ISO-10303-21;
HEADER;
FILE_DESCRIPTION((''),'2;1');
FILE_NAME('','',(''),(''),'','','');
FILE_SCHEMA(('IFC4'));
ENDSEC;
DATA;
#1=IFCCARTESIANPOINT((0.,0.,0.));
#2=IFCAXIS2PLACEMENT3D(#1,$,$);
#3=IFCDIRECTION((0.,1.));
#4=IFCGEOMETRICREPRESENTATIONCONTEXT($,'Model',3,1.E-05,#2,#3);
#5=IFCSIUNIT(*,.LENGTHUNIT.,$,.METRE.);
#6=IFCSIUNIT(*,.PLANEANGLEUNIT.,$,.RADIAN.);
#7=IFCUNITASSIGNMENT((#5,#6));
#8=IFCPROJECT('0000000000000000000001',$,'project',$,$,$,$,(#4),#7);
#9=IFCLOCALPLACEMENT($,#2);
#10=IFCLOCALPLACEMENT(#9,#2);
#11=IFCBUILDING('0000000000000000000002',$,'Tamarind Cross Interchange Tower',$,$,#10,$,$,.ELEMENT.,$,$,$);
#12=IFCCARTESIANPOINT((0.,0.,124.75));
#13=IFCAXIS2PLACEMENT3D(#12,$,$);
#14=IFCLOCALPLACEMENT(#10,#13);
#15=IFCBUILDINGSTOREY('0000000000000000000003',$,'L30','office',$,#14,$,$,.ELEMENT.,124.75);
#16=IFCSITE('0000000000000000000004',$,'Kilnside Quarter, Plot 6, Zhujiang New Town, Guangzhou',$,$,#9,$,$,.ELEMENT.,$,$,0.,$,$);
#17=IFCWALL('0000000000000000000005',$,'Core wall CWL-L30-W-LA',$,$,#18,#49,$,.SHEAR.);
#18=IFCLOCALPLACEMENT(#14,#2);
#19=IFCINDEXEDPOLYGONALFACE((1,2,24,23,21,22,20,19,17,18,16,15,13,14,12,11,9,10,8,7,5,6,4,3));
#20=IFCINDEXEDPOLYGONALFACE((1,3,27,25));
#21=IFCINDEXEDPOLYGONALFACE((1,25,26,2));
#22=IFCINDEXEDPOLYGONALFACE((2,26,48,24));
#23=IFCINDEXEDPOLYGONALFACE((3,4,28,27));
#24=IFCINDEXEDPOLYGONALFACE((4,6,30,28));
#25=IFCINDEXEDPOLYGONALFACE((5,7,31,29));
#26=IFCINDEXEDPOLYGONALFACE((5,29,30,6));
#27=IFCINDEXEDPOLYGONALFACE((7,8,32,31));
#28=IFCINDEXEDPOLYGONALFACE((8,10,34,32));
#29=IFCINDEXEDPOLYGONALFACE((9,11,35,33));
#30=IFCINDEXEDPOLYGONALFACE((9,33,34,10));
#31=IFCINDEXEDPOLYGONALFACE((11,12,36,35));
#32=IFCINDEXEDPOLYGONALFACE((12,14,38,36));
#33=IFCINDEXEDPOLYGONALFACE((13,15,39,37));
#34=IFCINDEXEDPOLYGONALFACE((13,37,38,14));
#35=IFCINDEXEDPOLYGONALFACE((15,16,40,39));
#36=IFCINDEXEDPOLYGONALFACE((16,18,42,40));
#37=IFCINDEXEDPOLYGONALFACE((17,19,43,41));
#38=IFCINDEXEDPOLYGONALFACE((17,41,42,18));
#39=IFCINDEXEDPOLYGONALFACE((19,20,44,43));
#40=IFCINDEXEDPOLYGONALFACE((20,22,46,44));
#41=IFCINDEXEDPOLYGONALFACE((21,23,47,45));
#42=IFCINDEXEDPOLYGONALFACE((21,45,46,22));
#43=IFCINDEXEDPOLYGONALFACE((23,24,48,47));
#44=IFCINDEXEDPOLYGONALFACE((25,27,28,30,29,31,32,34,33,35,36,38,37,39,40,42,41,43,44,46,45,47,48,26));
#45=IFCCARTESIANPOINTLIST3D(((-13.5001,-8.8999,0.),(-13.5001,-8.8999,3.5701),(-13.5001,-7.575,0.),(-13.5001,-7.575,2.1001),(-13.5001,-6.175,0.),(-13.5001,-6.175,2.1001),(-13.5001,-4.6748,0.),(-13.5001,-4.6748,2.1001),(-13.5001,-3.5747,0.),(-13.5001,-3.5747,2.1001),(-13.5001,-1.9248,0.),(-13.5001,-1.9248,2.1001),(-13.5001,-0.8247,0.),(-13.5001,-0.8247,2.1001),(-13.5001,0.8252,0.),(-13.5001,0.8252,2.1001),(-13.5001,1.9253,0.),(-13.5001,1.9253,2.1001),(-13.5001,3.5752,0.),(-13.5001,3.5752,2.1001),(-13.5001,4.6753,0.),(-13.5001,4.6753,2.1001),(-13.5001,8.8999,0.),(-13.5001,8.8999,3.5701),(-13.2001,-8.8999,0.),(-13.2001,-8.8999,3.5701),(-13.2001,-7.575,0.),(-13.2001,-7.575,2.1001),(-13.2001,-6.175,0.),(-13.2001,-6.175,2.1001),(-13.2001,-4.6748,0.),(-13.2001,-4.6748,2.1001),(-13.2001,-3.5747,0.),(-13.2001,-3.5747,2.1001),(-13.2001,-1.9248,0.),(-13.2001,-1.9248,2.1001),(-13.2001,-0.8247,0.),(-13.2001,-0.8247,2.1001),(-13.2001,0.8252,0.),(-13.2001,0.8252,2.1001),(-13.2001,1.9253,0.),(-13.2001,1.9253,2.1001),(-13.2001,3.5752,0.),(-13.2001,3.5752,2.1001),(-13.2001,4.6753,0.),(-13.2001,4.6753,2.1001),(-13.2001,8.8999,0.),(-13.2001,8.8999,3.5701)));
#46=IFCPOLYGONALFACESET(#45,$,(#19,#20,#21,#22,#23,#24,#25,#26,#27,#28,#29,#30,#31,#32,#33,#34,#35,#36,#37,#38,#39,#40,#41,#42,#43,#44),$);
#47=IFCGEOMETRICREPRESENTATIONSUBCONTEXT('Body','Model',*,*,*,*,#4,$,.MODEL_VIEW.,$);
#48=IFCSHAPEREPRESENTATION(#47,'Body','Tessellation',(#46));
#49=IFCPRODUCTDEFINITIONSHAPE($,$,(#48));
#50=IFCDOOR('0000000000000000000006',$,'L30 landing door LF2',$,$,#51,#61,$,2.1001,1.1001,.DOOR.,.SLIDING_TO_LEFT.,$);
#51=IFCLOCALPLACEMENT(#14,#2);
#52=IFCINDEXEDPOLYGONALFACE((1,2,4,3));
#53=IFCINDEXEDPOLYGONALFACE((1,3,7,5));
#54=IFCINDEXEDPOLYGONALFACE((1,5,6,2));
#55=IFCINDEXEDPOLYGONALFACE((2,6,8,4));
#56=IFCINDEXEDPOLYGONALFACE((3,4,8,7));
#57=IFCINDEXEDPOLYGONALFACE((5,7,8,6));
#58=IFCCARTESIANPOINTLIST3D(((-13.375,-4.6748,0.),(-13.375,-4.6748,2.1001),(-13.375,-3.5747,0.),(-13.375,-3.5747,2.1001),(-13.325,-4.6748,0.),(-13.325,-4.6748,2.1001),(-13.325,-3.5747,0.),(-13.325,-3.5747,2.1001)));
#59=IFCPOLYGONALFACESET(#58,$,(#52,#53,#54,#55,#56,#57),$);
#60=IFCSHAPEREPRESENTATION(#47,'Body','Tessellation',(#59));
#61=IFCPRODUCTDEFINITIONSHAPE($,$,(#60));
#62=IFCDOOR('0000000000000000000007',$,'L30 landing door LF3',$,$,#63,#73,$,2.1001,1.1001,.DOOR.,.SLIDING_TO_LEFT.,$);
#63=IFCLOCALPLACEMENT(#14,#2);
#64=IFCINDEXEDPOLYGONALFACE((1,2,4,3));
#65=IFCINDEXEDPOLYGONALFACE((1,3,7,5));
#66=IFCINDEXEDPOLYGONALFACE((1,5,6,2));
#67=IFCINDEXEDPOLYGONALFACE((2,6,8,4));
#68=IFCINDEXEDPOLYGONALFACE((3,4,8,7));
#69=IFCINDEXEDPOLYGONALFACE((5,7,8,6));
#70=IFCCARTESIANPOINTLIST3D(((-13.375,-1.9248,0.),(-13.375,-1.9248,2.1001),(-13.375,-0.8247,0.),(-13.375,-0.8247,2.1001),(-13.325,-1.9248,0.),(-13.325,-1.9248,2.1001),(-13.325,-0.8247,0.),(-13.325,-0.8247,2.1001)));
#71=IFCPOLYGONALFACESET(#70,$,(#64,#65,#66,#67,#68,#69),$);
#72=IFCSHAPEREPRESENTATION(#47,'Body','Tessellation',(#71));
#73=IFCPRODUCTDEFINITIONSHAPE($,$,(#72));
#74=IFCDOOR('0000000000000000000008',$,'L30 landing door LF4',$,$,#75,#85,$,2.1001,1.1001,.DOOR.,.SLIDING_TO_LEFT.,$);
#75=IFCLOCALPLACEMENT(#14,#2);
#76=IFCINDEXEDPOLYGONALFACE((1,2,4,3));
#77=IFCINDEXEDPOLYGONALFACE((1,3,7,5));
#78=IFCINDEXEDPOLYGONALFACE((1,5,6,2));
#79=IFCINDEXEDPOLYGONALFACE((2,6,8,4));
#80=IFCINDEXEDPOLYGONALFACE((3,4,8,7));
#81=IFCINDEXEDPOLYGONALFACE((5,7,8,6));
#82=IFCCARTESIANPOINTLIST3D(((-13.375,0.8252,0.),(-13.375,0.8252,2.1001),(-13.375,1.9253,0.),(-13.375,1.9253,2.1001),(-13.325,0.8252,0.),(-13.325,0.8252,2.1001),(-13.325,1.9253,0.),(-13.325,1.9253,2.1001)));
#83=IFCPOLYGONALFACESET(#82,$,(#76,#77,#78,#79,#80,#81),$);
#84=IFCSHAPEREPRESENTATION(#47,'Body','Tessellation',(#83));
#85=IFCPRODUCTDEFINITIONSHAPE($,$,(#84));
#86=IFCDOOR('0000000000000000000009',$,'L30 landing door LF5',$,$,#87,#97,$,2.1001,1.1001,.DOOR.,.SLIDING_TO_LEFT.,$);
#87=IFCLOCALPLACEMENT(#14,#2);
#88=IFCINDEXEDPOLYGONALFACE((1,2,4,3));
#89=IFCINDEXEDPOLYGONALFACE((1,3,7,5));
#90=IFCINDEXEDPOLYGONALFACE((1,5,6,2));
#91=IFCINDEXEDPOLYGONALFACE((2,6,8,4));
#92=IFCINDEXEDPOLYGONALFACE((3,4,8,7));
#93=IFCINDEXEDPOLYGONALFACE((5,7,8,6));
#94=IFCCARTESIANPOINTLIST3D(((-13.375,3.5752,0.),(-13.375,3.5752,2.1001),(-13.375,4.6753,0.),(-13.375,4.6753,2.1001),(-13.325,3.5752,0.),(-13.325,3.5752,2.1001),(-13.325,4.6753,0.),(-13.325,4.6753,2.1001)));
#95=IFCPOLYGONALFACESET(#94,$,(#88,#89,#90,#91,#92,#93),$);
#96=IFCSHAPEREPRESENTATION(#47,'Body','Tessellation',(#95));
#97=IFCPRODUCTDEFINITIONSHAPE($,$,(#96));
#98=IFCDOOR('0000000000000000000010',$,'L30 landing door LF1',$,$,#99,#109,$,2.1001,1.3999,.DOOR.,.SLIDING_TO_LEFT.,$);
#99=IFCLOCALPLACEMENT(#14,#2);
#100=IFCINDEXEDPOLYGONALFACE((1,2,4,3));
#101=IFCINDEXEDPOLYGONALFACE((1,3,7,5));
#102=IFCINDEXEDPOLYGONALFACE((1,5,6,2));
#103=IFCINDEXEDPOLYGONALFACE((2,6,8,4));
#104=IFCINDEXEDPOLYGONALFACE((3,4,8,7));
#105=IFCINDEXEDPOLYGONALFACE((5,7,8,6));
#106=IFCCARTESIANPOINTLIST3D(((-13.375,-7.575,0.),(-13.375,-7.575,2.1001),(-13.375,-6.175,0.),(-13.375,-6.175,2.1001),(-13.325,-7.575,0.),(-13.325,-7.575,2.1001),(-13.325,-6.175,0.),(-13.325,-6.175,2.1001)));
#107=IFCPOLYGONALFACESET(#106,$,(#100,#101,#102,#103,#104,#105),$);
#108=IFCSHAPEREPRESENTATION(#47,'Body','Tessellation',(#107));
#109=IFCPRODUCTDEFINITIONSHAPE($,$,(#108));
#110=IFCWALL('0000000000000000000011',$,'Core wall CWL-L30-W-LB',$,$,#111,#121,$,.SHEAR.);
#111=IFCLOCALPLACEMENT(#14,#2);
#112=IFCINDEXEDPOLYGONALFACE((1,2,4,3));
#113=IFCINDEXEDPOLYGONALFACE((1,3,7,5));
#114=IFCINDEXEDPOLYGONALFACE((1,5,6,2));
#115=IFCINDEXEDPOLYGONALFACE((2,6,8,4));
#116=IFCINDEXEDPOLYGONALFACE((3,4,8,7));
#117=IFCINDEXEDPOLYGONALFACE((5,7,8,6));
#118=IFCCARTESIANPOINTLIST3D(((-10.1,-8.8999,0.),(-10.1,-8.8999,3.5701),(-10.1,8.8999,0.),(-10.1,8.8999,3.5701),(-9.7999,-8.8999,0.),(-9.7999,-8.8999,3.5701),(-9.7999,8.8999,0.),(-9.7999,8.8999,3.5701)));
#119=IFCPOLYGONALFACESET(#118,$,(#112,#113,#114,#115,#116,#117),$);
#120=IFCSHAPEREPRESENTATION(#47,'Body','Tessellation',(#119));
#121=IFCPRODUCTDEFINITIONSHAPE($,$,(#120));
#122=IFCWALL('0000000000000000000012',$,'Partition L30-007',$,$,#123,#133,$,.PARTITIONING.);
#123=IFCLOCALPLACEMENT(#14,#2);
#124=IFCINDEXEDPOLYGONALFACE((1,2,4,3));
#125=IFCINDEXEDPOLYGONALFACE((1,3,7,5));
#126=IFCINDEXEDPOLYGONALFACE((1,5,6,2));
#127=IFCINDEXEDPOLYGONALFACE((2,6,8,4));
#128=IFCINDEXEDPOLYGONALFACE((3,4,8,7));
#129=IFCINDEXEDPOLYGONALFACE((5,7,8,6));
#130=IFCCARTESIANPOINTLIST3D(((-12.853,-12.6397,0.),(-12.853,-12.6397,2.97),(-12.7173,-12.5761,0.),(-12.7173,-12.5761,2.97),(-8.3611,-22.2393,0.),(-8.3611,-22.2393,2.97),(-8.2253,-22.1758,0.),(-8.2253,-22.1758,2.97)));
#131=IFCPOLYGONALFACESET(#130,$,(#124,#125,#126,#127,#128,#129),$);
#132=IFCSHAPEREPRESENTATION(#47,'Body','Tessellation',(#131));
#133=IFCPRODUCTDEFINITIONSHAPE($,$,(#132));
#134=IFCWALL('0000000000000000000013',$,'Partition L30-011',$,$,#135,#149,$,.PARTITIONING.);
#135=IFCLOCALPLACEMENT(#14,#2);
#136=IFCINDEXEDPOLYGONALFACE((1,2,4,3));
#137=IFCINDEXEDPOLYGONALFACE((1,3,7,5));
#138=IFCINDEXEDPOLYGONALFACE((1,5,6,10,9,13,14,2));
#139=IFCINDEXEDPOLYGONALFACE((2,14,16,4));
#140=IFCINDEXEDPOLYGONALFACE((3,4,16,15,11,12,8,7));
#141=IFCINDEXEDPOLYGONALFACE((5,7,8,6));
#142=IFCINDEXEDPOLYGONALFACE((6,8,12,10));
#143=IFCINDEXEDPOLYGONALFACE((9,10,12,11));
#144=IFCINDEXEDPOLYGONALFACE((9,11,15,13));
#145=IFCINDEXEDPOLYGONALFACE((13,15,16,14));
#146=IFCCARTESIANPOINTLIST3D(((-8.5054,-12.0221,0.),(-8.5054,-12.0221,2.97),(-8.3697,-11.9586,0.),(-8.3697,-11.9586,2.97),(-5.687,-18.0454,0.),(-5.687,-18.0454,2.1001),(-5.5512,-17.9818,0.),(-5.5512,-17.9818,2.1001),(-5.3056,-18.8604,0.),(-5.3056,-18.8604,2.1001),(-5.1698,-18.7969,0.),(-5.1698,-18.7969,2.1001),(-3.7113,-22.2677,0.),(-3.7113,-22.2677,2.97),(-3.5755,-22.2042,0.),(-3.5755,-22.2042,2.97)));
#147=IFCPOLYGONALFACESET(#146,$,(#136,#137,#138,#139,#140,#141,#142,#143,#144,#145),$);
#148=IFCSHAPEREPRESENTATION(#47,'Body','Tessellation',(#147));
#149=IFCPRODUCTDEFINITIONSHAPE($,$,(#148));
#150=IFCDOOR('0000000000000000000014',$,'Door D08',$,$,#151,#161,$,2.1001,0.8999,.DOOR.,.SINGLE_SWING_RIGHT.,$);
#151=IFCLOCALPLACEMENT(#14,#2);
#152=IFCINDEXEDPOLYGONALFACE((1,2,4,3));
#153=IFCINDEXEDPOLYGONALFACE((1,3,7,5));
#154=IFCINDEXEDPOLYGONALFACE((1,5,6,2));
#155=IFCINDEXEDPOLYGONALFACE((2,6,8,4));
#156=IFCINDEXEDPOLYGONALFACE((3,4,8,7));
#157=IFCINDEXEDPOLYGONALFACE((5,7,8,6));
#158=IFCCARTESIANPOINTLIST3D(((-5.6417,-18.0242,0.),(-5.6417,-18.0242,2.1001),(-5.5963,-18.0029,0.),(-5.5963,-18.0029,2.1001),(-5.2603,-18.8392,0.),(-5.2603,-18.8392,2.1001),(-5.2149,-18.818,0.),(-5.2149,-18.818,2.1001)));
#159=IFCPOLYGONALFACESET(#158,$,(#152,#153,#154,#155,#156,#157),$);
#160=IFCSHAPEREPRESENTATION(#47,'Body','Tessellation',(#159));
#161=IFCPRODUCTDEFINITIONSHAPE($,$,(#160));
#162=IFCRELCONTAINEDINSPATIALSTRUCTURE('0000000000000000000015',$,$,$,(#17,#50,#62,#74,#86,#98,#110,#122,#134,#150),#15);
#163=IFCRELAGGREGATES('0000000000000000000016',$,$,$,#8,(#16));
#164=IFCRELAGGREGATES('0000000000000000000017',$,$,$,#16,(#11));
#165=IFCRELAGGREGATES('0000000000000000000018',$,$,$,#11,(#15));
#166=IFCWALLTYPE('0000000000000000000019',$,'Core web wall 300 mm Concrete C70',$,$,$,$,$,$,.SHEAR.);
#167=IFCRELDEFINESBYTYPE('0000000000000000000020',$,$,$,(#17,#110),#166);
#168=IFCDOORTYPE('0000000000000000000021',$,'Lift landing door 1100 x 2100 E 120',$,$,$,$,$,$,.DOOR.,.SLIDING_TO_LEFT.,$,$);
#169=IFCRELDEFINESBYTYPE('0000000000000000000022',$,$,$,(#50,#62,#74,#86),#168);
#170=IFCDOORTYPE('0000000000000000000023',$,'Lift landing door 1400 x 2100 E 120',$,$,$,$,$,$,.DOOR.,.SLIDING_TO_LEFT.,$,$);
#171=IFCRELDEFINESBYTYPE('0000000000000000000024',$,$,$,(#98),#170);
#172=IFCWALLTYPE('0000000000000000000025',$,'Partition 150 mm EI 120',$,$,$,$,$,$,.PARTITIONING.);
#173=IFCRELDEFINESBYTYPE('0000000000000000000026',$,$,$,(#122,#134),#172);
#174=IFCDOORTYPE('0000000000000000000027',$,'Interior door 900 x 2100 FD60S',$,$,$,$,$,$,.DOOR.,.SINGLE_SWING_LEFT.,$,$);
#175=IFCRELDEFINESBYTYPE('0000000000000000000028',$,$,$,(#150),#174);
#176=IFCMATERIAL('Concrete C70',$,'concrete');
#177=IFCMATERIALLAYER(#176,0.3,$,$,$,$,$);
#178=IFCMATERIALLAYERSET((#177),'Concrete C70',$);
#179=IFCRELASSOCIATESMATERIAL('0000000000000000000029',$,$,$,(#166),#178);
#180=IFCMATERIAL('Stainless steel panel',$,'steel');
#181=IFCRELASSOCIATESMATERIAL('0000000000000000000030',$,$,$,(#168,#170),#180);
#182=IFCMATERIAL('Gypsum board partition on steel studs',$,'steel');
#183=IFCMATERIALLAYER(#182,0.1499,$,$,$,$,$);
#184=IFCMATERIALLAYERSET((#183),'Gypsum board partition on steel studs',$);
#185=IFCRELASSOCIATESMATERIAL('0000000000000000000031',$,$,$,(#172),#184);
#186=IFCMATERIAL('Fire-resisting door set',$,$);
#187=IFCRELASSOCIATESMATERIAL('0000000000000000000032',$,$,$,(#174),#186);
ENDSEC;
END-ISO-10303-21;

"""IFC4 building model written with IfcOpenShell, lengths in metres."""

from ifc_helpers import new_model, si_unit, direction, frame, frame_2d, origin, place, context, subcontext, project, spatial, rectangle, extrude, material, layer, layer_set, type_object, element, fill, save


model = new_model("IFC4")

# Units and contexts
model_context = context("Model", 3, precision=1e-05, world=origin(), true_north=direction((0.0, 1.0)))
body_context = subcontext(model_context, "Body", "Model", "MODEL_VIEW")
ifc_project = project(units=[si_unit("LENGTHUNIT", "METRE"), si_unit("PLANEANGLEUNIT", "RADIAN")], contexts=[model_context])

# Site, building, storey
site_placement = place(None, origin())
site = spatial("IfcSite", under=ifc_project, at=site_placement, Name="Kilnside Quarter, Plot 6, Zhujiang New Town, Guangzhou", CompositionType="ELEMENT", RefElevation=0.0)
building_placement = place(site_placement, origin())
building = spatial("IfcBuilding", under=site, at=building_placement, Name="Tamarind Cross Interchange Tower", CompositionType="ELEMENT")
storey_placement = place(building_placement, frame((0.0, 0.0, 124.75)))
storey = spatial("IfcBuildingStorey", under=building, at=storey_placement, Name="L30", Description="office", CompositionType="ELEMENT", Elevation=124.75)

# Shared definitions
ifc_material_1 = material(Name="Concrete C70", Category="concrete")
ifc_layer_1 = layer(ifc_material_1, 0.3)
ifc_layer_set_1 = layer_set([ifc_layer_1], Name="Concrete C70")
wall_type_1 = type_object("IfcWallType", Name="Core web wall 300 mm Concrete C70", PredefinedType="SHEAR", material=ifc_layer_set_1)

# Wall, openings, doors
wall_1_placement = place(storey_placement, frame((-13.3501, -8.8999, 0.0), z_axis=(0.0, 0.0, 1.0), x_axis=(0.0, 1.0, 0.0)))
wall_1 = element("IfcWall", 1, at=wall_1_placement, inside=storey, type_object=wall_type_1, Name="Core wall CWL-L30-W-LA", PredefinedType="SHEAR", context=body_context, shape_type="SweptSolid", body=[
    extrude(rectangle(XDim=17.7998, YDim=0.3, at=frame_2d((8.8999, 0.0))), origin(), (0.0, 0.0, 1.0), 3.5701),
])
opening_1_placement = place(wall_1_placement, frame((1.325, 0.0, 0.0)))
opening_1 = element("IfcOpeningElement", 2, at=opening_1_placement, cuts=wall_1, PredefinedType="OPENING", context=body_context, shape_type="SweptSolid", body=[
    extrude(rectangle(XDim=1.3999, YDim=2.1001, at=frame_2d((0.7, 1.05))), frame((0.0, 0.1599, 0.0), z_axis=(0.0, -1.0, 0.0), x_axis=(1.0, 0.0, 0.0)), (0.0, 0.0, 1.0), 0.3201),
])
opening_2_placement = place(wall_1_placement, frame((4.2251, 0.0, 0.0)))
opening_2 = element("IfcOpeningElement", 3, at=opening_2_placement, cuts=wall_1, PredefinedType="OPENING", context=body_context, shape_type="SweptSolid", body=[
    extrude(rectangle(XDim=1.1001, YDim=2.1001, at=frame_2d((0.55, 1.05))), frame((0.0, 0.1599, 0.0), z_axis=(0.0, -1.0, 0.0), x_axis=(1.0, 0.0, 0.0)), (0.0, 0.0, 1.0), 0.3201),
])
opening_3_placement = place(wall_1_placement, frame((6.9751, 0.0, 0.0)))
opening_3 = element("IfcOpeningElement", 4, at=opening_3_placement, cuts=wall_1, PredefinedType="OPENING", context=body_context, shape_type="SweptSolid", body=[
    extrude(rectangle(XDim=1.1001, YDim=2.1001, at=frame_2d((0.55, 1.05))), frame((0.0, 0.1599, 0.0), z_axis=(0.0, -1.0, 0.0), x_axis=(1.0, 0.0, 0.0)), (0.0, 0.0, 1.0), 0.3201),
])
opening_4_placement = place(wall_1_placement, frame((9.7251, 0.0, 0.0)))
opening_4 = element("IfcOpeningElement", 5, at=opening_4_placement, cuts=wall_1, PredefinedType="OPENING", context=body_context, shape_type="SweptSolid", body=[
    extrude(rectangle(XDim=1.1001, YDim=2.1001, at=frame_2d((0.55, 1.05))), frame((0.0, 0.1599, 0.0), z_axis=(0.0, -1.0, 0.0), x_axis=(1.0, 0.0, 0.0)), (0.0, 0.0, 1.0), 0.3201),
])
opening_5_placement = place(wall_1_placement, frame((12.4751, 0.0, 0.0)))
opening_5 = element("IfcOpeningElement", 6, at=opening_5_placement, cuts=wall_1, PredefinedType="OPENING", context=body_context, shape_type="SweptSolid", body=[
    extrude(rectangle(XDim=1.1001, YDim=2.1001, at=frame_2d((0.55, 1.05))), frame((0.0, 0.1599, 0.0), z_axis=(0.0, -1.0, 0.0), x_axis=(1.0, 0.0, 0.0)), (0.0, 0.0, 1.0), 0.3201),
])
ifc_material_2 = material(Name="Stainless steel panel", Category="steel")
door_type_1 = type_object("IfcDoorType", Name="Lift landing door 1100 x 2100 E 120", OperationType="SLIDING_TO_LEFT", PredefinedType="DOOR", material=ifc_material_2)
door_1_placement = place(opening_2_placement, origin())
door_1 = element("IfcDoor", 7, at=door_1_placement, inside=storey, type_object=door_type_1, Name="L30 landing door LF2", OperationType="SLIDING_TO_LEFT", OverallHeight=2.1001, OverallWidth=1.1001, PredefinedType="DOOR", context=body_context, shape_type="SweptSolid", body=[
    extrude(rectangle(XDim=1.1001, YDim=2.1001, at=frame_2d((0.55, 1.05))), frame((0.0, 0.0249, 0.0), z_axis=(0.0, -1.0, 0.0), x_axis=(1.0, 0.0, 0.0)), (0.0, 0.0, 1.0), 0.05),
])
fill(opening_2, door_1)
door_2_placement = place(opening_3_placement, origin())
door_2 = element("IfcDoor", 8, at=door_2_placement, inside=storey, type_object=door_type_1, Name="L30 landing door LF3", OperationType="SLIDING_TO_LEFT", OverallHeight=2.1001, OverallWidth=1.1001, PredefinedType="DOOR", context=body_context, shape_type="SweptSolid", body=[
    extrude(rectangle(XDim=1.1001, YDim=2.1001, at=frame_2d((0.55, 1.05))), frame((0.0, 0.0249, 0.0), z_axis=(0.0, -1.0, 0.0), x_axis=(1.0, 0.0, 0.0)), (0.0, 0.0, 1.0), 0.05),
])
fill(opening_3, door_2)
door_3_placement = place(opening_4_placement, origin())
door_3 = element("IfcDoor", 9, at=door_3_placement, inside=storey, type_object=door_type_1, Name="L30 landing door LF4", OperationType="SLIDING_TO_LEFT", OverallHeight=2.1001, OverallWidth=1.1001, PredefinedType="DOOR", context=body_context, shape_type="SweptSolid", body=[
    extrude(rectangle(XDim=1.1001, YDim=2.1001, at=frame_2d((0.55, 1.05))), frame((0.0, 0.0249, 0.0), z_axis=(0.0, -1.0, 0.0), x_axis=(1.0, 0.0, 0.0)), (0.0, 0.0, 1.0), 0.05),
])
fill(opening_4, door_3)
door_4_placement = place(opening_5_placement, origin())
door_4 = element("IfcDoor", 10, at=door_4_placement, inside=storey, type_object=door_type_1, Name="L30 landing door LF5", OperationType="SLIDING_TO_LEFT", OverallHeight=2.1001, OverallWidth=1.1001, PredefinedType="DOOR", context=body_context, shape_type="SweptSolid", body=[
    extrude(rectangle(XDim=1.1001, YDim=2.1001, at=frame_2d((0.55, 1.05))), frame((0.0, 0.0249, 0.0), z_axis=(0.0, -1.0, 0.0), x_axis=(1.0, 0.0, 0.0)), (0.0, 0.0, 1.0), 0.05),
])
fill(opening_5, door_4)
door_type_2 = type_object("IfcDoorType", Name="Lift landing door 1400 x 2100 E 120", OperationType="SLIDING_TO_LEFT", PredefinedType="DOOR", material=ifc_material_2)
door_5_placement = place(opening_1_placement, origin())
door_5 = element("IfcDoor", 11, at=door_5_placement, inside=storey, type_object=door_type_2, Name="L30 landing door LF1", OperationType="SLIDING_TO_LEFT", OverallHeight=2.1001, OverallWidth=1.3999, PredefinedType="DOOR", context=body_context, shape_type="SweptSolid", body=[
    extrude(rectangle(XDim=1.3999, YDim=2.1001, at=frame_2d((0.7, 1.05))), frame((0.0, 0.0249, 0.0), z_axis=(0.0, -1.0, 0.0), x_axis=(1.0, 0.0, 0.0)), (0.0, 0.0, 1.0), 0.05),
])
fill(opening_1, door_5)

# Walls
wall_2_placement = place(storey_placement, frame((-9.95, -8.8999, 0.0), z_axis=(0.0, 0.0, 1.0), x_axis=(0.0, 1.0, 0.0)))
element("IfcWall", 12, at=wall_2_placement, inside=storey, type_object=wall_type_1, Name="Core wall CWL-L30-W-LB", PredefinedType="SHEAR", context=body_context, shape_type="SweptSolid", body=[
    extrude(rectangle(XDim=17.7998, YDim=0.3, at=frame_2d((8.8999, 0.0))), origin(), (0.0, 0.0, 1.0), 3.5701),
])
ifc_material_3 = material(Name="Gypsum board partition on steel studs", Category="steel")
ifc_layer_2 = layer(ifc_material_3, 0.1499)
ifc_layer_set_2 = layer_set([ifc_layer_2], Name="Gypsum board partition on steel studs")
wall_type_2 = type_object("IfcWallType", Name="Partition 150 mm EI 120", PredefinedType="PARTITIONING", material=ifc_layer_set_2)
wall_3_placement = place(storey_placement, frame((-12.7852, -12.6079, 0.0), z_axis=(0.0, 0.0, 1.0), x_axis=(0.423825, -0.905744, 0.0)))
element("IfcWall", 13, at=wall_3_placement, inside=storey, type_object=wall_type_2, Name="Partition L30-007", PredefinedType="PARTITIONING", context=body_context, shape_type="SweptSolid", body=[
    extrude(rectangle(XDim=10.5986, YDim=0.1499, at=frame_2d((5.2993, 0.0))), origin(), (0.0, 0.0, 1.0), 2.97),
])

# Wall, opening, door
wall_4_placement = place(storey_placement, frame((-8.4375, -11.9905, 0.0), z_axis=(0.0, 0.0, 1.0), x_axis=(0.423822, -0.905745, 0.0)))
wall_4 = element("IfcWall", 14, at=wall_4_placement, inside=storey, type_object=wall_type_2, Name="Partition L30-011", PredefinedType="PARTITIONING", context=body_context, shape_type="SweptSolid", body=[
    extrude(rectangle(XDim=11.3118, YDim=0.1499, at=frame_2d((5.6558, 0.0))), origin(), (0.0, 0.0, 1.0), 2.97),
])
opening_6_placement = place(wall_4_placement, frame((6.6499, 0.0, 0.0)))
opening_6 = element("IfcOpeningElement", 15, at=opening_6_placement, cuts=wall_4, PredefinedType="OPENING", context=body_context, shape_type="SweptSolid", body=[
    extrude(rectangle(XDim=0.8999, YDim=2.1001, at=frame_2d((0.45, 1.05))), frame((0.0, 0.085, 0.0), z_axis=(0.0, -1.0, 0.0), x_axis=(1.0, 0.0, 0.0)), (0.0, 0.0, 1.0), 0.1699),
])
ifc_material_4 = material(Name="Fire-resisting door set")
door_type_3 = type_object("IfcDoorType", Name="Interior door 900 x 2100 FD60S", OperationType="SINGLE_SWING_LEFT", PredefinedType="DOOR", material=ifc_material_4)
door_6_placement = place(opening_6_placement, frame((0.8999, 0.0, 0.0), z_axis=(0.0, 0.0, 1.0), x_axis=(-1.0, 0.0, 0.0)))
door_6 = element("IfcDoor", 16, at=door_6_placement, inside=storey, type_object=door_type_3, Name="Door D08", OperationType="SINGLE_SWING_RIGHT", OverallHeight=2.1001, OverallWidth=0.8999, PredefinedType="DOOR", context=body_context, shape_type="SweptSolid", body=[
    extrude(rectangle(XDim=0.8999, YDim=2.1001, at=frame_2d((0.45, 1.05))), frame((0.0, 0.0249, 0.0), z_axis=(0.0, -1.0, 0.0), x_axis=(1.0, 0.0, 0.0)), (0.0, 0.0, 1.0), 0.05),
])
fill(opening_6, door_6)

save(model, "model.ifc")
